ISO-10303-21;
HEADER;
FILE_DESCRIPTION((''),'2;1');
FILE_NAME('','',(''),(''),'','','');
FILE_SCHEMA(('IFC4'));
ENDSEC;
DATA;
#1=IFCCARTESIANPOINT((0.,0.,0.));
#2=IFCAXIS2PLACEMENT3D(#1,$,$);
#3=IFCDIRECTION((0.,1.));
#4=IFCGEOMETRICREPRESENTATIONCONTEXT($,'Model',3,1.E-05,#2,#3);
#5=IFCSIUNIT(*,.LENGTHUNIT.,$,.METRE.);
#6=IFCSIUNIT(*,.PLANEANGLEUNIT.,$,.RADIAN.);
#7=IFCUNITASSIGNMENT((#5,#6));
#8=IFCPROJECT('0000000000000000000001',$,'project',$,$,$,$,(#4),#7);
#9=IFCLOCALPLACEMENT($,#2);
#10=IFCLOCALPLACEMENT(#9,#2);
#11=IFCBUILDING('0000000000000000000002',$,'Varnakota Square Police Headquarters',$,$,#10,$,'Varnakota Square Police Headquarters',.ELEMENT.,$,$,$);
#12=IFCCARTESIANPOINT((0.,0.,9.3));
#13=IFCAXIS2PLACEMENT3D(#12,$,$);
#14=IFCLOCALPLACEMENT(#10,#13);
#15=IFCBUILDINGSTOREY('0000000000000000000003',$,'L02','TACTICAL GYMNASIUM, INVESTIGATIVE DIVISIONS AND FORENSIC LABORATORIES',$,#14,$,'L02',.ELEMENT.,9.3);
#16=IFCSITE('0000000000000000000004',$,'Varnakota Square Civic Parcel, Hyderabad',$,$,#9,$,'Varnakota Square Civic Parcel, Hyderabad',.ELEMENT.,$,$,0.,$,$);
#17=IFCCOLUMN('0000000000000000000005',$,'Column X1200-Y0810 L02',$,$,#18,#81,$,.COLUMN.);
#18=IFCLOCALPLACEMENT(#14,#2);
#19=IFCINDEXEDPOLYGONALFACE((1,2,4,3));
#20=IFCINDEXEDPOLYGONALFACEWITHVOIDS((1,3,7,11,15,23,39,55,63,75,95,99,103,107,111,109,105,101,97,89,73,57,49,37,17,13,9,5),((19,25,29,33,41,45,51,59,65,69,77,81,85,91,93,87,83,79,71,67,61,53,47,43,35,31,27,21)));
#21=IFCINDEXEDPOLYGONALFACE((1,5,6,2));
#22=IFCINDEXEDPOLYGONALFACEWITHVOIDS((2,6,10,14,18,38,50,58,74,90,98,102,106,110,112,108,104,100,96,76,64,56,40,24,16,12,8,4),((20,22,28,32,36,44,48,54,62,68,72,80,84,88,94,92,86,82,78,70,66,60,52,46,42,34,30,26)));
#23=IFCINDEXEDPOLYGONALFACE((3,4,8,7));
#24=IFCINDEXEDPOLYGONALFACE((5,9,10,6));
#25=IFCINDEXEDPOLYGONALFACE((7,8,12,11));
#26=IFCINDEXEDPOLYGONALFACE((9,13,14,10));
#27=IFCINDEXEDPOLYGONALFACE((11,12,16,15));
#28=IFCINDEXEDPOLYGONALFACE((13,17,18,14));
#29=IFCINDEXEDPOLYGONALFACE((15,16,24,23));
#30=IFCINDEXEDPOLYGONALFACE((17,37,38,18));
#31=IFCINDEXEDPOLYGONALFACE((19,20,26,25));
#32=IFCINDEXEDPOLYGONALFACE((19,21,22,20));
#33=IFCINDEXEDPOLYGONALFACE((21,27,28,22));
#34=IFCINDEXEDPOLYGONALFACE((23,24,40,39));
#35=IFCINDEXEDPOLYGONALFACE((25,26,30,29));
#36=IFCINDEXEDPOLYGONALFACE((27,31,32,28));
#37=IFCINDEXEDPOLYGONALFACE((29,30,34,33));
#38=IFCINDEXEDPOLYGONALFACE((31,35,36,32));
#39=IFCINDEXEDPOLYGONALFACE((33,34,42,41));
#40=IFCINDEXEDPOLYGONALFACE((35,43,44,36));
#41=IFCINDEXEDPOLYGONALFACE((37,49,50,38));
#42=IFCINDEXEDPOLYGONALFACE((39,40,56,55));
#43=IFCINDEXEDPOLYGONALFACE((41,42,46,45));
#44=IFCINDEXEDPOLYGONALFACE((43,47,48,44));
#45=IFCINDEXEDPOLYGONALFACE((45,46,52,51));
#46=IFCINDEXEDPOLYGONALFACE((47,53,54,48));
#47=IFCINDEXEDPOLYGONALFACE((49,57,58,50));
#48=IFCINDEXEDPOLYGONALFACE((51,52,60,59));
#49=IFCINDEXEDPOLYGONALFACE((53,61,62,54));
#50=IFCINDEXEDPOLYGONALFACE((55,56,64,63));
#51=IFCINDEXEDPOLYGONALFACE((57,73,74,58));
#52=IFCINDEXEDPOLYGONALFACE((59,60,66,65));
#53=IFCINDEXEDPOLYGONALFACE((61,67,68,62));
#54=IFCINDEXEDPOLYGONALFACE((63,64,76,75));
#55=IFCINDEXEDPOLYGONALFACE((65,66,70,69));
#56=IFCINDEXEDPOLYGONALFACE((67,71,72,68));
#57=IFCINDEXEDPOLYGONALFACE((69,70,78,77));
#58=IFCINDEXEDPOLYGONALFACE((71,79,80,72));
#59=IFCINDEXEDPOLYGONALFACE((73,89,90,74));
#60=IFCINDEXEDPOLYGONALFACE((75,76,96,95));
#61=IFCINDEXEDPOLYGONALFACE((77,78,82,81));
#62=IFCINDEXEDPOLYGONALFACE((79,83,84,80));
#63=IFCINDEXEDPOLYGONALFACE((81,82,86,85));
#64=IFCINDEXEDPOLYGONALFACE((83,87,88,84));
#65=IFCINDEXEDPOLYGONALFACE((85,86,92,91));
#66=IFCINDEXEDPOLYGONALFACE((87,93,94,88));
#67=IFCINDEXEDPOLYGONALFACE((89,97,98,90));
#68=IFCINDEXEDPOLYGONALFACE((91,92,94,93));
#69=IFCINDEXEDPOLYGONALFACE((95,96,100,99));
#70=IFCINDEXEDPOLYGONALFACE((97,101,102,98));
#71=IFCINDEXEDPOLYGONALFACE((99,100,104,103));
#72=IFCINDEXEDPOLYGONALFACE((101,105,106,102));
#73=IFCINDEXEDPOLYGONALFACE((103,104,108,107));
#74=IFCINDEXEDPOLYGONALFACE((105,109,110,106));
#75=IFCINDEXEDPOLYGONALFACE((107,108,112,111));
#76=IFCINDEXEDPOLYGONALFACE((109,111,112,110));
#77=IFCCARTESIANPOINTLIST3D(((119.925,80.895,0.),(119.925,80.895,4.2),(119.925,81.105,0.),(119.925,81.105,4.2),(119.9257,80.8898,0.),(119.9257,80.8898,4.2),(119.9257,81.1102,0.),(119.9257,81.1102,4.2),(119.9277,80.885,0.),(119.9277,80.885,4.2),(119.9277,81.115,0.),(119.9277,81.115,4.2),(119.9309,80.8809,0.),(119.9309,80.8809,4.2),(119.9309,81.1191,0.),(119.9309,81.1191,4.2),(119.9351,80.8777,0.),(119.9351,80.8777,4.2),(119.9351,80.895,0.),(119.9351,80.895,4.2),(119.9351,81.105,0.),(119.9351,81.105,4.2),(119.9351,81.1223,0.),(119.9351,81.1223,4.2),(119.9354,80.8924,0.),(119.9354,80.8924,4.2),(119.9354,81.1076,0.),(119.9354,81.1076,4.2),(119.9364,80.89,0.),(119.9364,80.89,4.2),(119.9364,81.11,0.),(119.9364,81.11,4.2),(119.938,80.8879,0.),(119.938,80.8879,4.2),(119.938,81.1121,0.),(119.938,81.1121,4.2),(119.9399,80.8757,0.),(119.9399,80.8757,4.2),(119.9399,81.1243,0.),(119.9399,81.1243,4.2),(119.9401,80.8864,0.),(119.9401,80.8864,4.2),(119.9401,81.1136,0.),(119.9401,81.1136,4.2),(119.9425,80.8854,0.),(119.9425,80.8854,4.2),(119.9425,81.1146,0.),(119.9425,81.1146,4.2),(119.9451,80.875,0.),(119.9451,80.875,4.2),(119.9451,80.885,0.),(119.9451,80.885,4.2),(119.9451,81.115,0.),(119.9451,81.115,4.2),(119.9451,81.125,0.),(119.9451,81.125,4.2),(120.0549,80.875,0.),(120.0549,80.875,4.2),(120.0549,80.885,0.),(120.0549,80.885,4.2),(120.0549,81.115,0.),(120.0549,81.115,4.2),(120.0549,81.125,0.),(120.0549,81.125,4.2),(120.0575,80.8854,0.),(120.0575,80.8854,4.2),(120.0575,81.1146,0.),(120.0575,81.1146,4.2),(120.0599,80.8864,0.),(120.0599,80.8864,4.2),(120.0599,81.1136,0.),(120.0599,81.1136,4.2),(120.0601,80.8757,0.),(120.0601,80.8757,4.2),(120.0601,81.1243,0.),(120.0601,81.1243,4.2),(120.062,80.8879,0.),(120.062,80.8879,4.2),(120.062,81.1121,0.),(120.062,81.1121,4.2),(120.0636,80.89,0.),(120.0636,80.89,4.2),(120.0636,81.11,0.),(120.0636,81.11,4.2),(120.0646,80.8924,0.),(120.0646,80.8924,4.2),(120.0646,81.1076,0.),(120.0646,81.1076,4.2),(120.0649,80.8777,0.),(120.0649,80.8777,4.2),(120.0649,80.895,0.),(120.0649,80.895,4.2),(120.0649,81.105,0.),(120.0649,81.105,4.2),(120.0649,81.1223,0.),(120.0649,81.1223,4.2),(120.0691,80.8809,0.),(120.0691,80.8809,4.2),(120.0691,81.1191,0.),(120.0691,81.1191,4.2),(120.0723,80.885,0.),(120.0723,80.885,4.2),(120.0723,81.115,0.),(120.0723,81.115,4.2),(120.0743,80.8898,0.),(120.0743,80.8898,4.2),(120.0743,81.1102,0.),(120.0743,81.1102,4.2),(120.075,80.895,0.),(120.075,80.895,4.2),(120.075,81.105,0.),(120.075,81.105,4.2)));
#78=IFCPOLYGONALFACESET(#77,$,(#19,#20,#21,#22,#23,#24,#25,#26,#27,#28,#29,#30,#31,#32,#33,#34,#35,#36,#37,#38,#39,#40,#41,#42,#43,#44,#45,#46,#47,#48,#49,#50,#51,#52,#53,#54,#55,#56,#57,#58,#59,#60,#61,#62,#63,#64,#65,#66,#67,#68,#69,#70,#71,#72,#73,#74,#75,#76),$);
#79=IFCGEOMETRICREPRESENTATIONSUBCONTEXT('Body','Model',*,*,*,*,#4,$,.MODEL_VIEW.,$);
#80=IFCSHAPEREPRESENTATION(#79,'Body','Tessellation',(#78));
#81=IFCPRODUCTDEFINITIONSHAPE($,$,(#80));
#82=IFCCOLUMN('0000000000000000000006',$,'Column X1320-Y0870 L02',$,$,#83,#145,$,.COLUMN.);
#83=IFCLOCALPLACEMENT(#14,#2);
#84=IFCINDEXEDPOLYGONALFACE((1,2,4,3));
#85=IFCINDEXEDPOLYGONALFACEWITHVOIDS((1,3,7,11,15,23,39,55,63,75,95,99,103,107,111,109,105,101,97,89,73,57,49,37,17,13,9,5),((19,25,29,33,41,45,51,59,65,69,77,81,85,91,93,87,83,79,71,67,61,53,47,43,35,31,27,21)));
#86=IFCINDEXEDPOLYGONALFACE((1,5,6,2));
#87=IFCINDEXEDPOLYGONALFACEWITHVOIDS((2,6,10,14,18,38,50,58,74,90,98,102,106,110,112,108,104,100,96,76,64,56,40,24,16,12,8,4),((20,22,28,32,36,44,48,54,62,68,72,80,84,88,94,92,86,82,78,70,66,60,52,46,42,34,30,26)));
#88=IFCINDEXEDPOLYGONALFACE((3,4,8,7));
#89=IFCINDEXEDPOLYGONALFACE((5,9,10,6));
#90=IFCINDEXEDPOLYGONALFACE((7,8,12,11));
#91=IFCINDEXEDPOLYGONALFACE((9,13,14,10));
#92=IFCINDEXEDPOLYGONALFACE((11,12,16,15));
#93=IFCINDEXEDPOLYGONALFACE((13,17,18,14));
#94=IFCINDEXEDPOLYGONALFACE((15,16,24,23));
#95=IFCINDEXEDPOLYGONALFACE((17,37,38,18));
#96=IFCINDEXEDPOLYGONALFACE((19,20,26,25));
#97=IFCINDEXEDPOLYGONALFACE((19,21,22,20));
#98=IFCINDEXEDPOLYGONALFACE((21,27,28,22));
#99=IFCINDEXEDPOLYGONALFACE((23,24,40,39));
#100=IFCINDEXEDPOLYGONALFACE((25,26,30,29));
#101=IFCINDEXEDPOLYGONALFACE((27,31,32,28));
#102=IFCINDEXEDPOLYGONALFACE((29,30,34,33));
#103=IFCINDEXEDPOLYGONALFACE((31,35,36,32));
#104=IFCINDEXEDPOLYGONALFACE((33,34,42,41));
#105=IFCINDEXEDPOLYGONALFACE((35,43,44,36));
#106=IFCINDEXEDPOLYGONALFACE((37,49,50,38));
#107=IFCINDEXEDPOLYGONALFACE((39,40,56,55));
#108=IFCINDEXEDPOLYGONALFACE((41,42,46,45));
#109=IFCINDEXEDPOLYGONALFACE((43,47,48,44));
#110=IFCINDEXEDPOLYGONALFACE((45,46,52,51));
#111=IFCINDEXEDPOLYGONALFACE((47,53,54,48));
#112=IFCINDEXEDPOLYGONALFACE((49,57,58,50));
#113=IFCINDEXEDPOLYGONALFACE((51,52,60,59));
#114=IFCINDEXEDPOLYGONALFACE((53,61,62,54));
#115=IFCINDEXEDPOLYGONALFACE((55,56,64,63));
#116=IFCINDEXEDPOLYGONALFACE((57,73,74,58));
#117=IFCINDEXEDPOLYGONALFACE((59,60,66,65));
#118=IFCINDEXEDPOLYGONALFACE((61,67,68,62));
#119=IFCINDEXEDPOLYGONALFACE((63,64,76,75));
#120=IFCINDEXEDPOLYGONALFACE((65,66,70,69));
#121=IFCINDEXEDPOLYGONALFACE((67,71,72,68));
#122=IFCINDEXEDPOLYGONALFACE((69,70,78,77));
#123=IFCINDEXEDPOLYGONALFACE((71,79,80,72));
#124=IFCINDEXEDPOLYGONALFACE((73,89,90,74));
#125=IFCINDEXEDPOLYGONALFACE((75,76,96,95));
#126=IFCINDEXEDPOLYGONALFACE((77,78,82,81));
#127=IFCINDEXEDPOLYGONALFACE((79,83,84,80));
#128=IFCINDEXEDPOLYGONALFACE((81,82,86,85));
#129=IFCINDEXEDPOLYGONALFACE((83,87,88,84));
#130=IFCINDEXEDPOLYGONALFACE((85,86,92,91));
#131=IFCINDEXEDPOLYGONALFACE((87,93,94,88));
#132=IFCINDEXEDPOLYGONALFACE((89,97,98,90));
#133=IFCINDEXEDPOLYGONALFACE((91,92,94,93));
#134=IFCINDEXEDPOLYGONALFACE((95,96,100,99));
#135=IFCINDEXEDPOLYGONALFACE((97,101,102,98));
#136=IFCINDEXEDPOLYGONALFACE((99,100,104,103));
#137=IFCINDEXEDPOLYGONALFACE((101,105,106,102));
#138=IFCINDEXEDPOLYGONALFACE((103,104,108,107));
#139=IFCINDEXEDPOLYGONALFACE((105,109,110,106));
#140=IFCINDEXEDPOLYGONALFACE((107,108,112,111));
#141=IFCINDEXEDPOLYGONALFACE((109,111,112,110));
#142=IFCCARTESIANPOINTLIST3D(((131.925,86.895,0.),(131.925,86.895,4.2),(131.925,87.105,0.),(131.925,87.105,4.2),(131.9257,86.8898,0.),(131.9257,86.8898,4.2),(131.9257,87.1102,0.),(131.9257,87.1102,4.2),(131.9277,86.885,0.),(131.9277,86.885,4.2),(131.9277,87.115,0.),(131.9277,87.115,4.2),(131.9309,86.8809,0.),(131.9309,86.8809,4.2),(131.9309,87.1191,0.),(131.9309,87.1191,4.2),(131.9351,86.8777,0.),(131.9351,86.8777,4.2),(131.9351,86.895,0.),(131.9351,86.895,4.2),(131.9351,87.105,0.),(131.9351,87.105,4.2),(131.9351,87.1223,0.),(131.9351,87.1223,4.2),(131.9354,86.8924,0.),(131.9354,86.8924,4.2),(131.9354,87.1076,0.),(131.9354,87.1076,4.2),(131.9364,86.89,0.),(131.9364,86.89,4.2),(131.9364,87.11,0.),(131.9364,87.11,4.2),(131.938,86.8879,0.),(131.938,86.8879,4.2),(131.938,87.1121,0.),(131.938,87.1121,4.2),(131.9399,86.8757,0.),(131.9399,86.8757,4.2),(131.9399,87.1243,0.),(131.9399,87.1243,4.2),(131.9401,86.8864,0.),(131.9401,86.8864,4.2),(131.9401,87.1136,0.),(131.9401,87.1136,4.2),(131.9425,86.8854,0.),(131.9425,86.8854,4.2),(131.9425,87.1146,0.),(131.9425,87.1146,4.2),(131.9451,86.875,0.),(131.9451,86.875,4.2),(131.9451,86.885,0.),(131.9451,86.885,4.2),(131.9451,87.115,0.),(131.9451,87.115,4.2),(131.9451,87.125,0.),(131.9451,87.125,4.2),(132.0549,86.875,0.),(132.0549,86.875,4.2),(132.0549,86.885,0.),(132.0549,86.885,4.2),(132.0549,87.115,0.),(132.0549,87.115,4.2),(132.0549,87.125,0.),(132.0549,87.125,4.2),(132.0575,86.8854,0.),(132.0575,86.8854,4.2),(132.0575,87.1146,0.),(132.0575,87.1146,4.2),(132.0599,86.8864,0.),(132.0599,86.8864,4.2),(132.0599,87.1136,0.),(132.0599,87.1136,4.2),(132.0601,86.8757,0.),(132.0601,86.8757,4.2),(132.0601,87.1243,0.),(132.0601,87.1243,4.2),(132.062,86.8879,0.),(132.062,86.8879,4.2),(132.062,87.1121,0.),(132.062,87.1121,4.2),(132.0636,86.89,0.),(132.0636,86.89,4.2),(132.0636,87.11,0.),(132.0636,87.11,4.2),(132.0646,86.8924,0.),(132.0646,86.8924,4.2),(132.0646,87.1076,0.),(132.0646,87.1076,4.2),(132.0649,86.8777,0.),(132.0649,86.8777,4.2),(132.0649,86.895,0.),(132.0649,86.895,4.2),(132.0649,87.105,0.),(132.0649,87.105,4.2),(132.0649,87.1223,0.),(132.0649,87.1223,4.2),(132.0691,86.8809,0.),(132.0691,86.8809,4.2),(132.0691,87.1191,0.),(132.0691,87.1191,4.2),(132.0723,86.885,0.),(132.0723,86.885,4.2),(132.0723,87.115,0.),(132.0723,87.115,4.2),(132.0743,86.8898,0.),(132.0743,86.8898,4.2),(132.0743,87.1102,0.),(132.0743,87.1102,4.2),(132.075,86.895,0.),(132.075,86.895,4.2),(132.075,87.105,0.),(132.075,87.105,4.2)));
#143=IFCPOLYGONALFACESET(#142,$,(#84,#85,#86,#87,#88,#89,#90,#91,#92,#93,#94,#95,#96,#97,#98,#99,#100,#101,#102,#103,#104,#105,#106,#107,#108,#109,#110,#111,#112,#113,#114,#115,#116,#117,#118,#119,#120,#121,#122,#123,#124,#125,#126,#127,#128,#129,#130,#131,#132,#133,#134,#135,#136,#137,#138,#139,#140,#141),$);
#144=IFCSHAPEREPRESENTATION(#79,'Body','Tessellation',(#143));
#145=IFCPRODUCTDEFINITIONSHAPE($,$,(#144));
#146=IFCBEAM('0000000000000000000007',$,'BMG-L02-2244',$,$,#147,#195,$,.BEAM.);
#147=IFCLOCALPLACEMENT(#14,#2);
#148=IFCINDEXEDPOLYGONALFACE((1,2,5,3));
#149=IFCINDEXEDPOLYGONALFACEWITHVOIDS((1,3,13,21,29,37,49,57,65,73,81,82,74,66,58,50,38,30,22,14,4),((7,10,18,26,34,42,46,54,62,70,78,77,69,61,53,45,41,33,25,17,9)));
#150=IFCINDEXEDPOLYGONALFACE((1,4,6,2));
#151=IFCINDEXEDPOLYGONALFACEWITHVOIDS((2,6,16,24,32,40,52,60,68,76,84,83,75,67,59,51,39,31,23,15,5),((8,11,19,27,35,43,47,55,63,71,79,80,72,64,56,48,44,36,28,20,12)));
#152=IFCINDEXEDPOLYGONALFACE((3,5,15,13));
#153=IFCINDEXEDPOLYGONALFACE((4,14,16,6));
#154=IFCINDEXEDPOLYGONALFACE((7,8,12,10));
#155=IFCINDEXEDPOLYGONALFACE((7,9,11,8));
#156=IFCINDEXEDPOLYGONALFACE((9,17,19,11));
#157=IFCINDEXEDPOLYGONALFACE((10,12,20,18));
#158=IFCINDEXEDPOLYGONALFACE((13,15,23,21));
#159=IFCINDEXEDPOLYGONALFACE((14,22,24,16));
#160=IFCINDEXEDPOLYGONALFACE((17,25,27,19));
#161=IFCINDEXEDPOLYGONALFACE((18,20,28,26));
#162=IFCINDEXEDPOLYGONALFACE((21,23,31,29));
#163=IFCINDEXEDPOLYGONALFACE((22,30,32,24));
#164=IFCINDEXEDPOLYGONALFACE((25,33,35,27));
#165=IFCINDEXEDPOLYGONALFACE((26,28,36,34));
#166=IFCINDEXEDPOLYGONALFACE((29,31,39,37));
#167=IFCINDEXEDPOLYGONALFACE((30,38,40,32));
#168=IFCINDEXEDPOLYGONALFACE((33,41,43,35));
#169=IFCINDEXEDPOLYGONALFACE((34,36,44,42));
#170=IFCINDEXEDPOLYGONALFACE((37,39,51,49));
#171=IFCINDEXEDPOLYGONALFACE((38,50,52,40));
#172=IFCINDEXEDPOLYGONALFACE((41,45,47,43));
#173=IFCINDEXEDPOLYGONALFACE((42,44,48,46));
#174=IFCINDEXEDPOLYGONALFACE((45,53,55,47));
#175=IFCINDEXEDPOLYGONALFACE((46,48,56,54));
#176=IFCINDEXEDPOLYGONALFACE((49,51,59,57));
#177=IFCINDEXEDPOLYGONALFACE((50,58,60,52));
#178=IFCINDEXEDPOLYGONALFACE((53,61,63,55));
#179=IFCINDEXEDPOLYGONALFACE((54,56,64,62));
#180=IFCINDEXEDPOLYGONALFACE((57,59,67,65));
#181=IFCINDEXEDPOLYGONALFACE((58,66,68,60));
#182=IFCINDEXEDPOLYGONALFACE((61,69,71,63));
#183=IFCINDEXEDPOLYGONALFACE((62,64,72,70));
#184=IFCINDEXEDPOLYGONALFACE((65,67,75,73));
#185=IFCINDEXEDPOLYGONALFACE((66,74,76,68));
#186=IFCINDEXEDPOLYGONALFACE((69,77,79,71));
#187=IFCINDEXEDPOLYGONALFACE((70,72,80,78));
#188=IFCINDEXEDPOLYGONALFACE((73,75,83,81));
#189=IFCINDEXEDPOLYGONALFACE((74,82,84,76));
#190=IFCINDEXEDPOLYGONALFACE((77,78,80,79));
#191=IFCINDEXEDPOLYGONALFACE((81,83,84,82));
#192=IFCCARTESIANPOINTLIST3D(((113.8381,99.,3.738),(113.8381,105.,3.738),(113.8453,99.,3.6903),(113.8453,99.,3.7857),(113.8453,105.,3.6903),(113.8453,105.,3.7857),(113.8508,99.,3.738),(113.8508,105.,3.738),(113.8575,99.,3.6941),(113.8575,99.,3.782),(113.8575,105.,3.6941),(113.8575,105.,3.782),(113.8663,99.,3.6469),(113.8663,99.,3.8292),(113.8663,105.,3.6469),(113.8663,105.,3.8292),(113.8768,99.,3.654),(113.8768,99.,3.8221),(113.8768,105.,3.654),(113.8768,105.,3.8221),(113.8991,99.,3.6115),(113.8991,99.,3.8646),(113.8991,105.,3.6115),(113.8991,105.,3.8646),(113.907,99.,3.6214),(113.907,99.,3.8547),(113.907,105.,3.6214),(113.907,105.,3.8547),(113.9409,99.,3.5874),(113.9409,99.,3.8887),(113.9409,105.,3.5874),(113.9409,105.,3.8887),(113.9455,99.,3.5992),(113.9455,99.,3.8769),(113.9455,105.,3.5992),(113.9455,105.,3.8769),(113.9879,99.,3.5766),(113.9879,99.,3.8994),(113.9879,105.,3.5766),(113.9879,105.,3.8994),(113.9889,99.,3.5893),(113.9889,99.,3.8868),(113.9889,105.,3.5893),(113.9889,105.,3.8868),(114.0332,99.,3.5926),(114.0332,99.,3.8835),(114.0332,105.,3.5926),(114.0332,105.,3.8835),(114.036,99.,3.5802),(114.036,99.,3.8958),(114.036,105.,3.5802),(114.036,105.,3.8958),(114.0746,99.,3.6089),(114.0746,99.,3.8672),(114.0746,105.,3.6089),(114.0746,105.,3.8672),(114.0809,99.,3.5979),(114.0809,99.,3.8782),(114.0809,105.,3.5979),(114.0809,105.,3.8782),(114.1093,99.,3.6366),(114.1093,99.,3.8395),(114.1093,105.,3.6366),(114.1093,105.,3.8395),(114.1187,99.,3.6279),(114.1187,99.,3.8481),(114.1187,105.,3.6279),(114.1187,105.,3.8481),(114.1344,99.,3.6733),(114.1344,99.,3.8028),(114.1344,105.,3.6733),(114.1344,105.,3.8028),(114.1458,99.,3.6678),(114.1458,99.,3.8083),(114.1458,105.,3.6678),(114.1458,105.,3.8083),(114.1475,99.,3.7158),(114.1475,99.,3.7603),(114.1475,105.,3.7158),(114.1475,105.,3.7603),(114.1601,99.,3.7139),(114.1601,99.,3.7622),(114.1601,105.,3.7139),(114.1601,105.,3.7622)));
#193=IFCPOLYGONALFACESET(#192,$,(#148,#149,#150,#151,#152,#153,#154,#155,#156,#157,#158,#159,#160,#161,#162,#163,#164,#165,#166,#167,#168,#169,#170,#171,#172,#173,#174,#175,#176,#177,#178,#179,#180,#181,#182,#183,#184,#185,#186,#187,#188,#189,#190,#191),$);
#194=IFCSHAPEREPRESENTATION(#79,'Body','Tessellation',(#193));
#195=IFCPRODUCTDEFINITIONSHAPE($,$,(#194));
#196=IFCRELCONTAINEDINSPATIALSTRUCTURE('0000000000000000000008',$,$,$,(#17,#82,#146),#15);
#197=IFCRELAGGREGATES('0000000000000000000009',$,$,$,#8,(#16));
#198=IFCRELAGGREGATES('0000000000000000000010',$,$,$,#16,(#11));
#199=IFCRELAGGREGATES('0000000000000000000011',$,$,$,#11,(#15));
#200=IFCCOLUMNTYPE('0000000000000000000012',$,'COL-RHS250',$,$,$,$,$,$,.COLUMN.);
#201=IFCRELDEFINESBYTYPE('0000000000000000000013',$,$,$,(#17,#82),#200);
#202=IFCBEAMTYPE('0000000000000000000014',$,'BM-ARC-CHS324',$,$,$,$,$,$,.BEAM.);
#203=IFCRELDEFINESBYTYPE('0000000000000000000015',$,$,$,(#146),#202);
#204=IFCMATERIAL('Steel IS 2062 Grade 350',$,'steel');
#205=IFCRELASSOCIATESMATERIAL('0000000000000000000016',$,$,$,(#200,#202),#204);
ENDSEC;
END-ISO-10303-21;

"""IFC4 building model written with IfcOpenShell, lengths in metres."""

from ifc_helpers import new_model, si_unit, direction, frame, origin, origin_2d, place, context, subcontext, project, spatial, hollow_rectangle, hollow_circle, extrude, material, material_profile, profile_set, type_object, element, save


model = new_model("IFC4")

# Units and contexts
model_context = context("Model", 3, precision=1e-05, world=origin(), true_north=direction((0.0, 1.0)))
body_context = subcontext(model_context, "Body", "Model", "MODEL_VIEW")
ifc_project = project(units=[si_unit("LENGTHUNIT", "METRE"), si_unit("PLANEANGLEUNIT", "RADIAN")], contexts=[model_context])

# Site, building, storey
site_placement = place(None, origin())
site = spatial("IfcSite", under=ifc_project, at=site_placement, Name="Varnakota Square Civic Parcel, Hyderabad", LongName="Varnakota Square Civic Parcel, Hyderabad", CompositionType="ELEMENT", RefElevation=0.0)
building_placement = place(site_placement, origin())
building = spatial("IfcBuilding", under=site, at=building_placement, Name="Varnakota Square Police Headquarters", LongName="Varnakota Square Police Headquarters", CompositionType="ELEMENT")
storey_placement = place(building_placement, frame((0.0, 0.0, 9.3)))
storey = spatial("IfcBuildingStorey", under=building, at=storey_placement, Name="L02", Description="TACTICAL GYMNASIUM, INVESTIGATIVE DIVISIONS AND FORENSIC LABORATORIES", LongName="L02", CompositionType="ELEMENT", Elevation=9.3)

# Columns
ifc_material_1 = material(Name="Steel IS 2062 Grade 350", Category="steel")
ifc_material_profile_1 = material_profile(ifc_material_1, hollow_rectangle(XDim=0.1499, YDim=0.25, WallThickness=0.01, InnerFilletRadius=0.01, OuterFilletRadius=0.02, at=origin_2d()), Name="RHS 250x150x10")
ifc_profile_set_1 = profile_set([ifc_material_profile_1], Name="Steel IS 2062 Grade 350")
column_type_1 = type_object("IfcColumnType", Name="COL-RHS250", PredefinedType="COLUMN", material=ifc_profile_set_1)
for number, where, z_axis, x_axis, name in (
    (1, (120.0, 81.0, 0.0), (0.0, 0.0, 1.0), (1.0, 0.0, 0.0), "Column X1200-Y0810 L02"),
    (2, (132.0, 87.0, 0.0), (0.0, 0.0, 1.0), (1.0, 0.0, 0.0), "Column X1320-Y0870 L02"),
):
    element("IfcColumn", number, at=place(storey_placement, frame(where, z_axis=z_axis, x_axis=x_axis)), inside=storey, type_object=column_type_1, Name=name, PredefinedType="COLUMN", context=body_context, shape_type="SweptSolid", body=[
        extrude(hollow_rectangle(XDim=0.1499, YDim=0.25, WallThickness=0.01, InnerFilletRadius=0.01, OuterFilletRadius=0.02, at=origin_2d()), origin(), (0.0, 0.0, 1.0), 4.2),
    ])

# Beam
ifc_material_profile_2 = material_profile(ifc_material_1, hollow_circle(Radius=0.1619, WallThickness=0.0127, at=origin_2d()), Name="CHS 323.9x12.7")
ifc_profile_set_2 = profile_set([ifc_material_profile_2], Name="Steel IS 2062 Grade 350")
beam_type_1 = type_object("IfcBeamType", Name="BM-ARC-CHS324", PredefinedType="BEAM", material=ifc_profile_set_2)
beam_1_placement = place(storey_placement, frame((114.0, 99.0, 3.738), z_axis=(0.0, 1.0, 0.0), x_axis=(-1.0, 0.0, 0.0)))
element("IfcBeam", 3, at=beam_1_placement, inside=storey, type_object=beam_type_1, Name="BMG-L02-2244", PredefinedType="BEAM", context=body_context, shape_type="SweptSolid", body=[
    extrude(hollow_circle(Radius=0.1619, WallThickness=0.0127, at=origin_2d()), origin(), (0.0, 0.0, 1.0), 6.0),
])

save(model, "model.ifc")
